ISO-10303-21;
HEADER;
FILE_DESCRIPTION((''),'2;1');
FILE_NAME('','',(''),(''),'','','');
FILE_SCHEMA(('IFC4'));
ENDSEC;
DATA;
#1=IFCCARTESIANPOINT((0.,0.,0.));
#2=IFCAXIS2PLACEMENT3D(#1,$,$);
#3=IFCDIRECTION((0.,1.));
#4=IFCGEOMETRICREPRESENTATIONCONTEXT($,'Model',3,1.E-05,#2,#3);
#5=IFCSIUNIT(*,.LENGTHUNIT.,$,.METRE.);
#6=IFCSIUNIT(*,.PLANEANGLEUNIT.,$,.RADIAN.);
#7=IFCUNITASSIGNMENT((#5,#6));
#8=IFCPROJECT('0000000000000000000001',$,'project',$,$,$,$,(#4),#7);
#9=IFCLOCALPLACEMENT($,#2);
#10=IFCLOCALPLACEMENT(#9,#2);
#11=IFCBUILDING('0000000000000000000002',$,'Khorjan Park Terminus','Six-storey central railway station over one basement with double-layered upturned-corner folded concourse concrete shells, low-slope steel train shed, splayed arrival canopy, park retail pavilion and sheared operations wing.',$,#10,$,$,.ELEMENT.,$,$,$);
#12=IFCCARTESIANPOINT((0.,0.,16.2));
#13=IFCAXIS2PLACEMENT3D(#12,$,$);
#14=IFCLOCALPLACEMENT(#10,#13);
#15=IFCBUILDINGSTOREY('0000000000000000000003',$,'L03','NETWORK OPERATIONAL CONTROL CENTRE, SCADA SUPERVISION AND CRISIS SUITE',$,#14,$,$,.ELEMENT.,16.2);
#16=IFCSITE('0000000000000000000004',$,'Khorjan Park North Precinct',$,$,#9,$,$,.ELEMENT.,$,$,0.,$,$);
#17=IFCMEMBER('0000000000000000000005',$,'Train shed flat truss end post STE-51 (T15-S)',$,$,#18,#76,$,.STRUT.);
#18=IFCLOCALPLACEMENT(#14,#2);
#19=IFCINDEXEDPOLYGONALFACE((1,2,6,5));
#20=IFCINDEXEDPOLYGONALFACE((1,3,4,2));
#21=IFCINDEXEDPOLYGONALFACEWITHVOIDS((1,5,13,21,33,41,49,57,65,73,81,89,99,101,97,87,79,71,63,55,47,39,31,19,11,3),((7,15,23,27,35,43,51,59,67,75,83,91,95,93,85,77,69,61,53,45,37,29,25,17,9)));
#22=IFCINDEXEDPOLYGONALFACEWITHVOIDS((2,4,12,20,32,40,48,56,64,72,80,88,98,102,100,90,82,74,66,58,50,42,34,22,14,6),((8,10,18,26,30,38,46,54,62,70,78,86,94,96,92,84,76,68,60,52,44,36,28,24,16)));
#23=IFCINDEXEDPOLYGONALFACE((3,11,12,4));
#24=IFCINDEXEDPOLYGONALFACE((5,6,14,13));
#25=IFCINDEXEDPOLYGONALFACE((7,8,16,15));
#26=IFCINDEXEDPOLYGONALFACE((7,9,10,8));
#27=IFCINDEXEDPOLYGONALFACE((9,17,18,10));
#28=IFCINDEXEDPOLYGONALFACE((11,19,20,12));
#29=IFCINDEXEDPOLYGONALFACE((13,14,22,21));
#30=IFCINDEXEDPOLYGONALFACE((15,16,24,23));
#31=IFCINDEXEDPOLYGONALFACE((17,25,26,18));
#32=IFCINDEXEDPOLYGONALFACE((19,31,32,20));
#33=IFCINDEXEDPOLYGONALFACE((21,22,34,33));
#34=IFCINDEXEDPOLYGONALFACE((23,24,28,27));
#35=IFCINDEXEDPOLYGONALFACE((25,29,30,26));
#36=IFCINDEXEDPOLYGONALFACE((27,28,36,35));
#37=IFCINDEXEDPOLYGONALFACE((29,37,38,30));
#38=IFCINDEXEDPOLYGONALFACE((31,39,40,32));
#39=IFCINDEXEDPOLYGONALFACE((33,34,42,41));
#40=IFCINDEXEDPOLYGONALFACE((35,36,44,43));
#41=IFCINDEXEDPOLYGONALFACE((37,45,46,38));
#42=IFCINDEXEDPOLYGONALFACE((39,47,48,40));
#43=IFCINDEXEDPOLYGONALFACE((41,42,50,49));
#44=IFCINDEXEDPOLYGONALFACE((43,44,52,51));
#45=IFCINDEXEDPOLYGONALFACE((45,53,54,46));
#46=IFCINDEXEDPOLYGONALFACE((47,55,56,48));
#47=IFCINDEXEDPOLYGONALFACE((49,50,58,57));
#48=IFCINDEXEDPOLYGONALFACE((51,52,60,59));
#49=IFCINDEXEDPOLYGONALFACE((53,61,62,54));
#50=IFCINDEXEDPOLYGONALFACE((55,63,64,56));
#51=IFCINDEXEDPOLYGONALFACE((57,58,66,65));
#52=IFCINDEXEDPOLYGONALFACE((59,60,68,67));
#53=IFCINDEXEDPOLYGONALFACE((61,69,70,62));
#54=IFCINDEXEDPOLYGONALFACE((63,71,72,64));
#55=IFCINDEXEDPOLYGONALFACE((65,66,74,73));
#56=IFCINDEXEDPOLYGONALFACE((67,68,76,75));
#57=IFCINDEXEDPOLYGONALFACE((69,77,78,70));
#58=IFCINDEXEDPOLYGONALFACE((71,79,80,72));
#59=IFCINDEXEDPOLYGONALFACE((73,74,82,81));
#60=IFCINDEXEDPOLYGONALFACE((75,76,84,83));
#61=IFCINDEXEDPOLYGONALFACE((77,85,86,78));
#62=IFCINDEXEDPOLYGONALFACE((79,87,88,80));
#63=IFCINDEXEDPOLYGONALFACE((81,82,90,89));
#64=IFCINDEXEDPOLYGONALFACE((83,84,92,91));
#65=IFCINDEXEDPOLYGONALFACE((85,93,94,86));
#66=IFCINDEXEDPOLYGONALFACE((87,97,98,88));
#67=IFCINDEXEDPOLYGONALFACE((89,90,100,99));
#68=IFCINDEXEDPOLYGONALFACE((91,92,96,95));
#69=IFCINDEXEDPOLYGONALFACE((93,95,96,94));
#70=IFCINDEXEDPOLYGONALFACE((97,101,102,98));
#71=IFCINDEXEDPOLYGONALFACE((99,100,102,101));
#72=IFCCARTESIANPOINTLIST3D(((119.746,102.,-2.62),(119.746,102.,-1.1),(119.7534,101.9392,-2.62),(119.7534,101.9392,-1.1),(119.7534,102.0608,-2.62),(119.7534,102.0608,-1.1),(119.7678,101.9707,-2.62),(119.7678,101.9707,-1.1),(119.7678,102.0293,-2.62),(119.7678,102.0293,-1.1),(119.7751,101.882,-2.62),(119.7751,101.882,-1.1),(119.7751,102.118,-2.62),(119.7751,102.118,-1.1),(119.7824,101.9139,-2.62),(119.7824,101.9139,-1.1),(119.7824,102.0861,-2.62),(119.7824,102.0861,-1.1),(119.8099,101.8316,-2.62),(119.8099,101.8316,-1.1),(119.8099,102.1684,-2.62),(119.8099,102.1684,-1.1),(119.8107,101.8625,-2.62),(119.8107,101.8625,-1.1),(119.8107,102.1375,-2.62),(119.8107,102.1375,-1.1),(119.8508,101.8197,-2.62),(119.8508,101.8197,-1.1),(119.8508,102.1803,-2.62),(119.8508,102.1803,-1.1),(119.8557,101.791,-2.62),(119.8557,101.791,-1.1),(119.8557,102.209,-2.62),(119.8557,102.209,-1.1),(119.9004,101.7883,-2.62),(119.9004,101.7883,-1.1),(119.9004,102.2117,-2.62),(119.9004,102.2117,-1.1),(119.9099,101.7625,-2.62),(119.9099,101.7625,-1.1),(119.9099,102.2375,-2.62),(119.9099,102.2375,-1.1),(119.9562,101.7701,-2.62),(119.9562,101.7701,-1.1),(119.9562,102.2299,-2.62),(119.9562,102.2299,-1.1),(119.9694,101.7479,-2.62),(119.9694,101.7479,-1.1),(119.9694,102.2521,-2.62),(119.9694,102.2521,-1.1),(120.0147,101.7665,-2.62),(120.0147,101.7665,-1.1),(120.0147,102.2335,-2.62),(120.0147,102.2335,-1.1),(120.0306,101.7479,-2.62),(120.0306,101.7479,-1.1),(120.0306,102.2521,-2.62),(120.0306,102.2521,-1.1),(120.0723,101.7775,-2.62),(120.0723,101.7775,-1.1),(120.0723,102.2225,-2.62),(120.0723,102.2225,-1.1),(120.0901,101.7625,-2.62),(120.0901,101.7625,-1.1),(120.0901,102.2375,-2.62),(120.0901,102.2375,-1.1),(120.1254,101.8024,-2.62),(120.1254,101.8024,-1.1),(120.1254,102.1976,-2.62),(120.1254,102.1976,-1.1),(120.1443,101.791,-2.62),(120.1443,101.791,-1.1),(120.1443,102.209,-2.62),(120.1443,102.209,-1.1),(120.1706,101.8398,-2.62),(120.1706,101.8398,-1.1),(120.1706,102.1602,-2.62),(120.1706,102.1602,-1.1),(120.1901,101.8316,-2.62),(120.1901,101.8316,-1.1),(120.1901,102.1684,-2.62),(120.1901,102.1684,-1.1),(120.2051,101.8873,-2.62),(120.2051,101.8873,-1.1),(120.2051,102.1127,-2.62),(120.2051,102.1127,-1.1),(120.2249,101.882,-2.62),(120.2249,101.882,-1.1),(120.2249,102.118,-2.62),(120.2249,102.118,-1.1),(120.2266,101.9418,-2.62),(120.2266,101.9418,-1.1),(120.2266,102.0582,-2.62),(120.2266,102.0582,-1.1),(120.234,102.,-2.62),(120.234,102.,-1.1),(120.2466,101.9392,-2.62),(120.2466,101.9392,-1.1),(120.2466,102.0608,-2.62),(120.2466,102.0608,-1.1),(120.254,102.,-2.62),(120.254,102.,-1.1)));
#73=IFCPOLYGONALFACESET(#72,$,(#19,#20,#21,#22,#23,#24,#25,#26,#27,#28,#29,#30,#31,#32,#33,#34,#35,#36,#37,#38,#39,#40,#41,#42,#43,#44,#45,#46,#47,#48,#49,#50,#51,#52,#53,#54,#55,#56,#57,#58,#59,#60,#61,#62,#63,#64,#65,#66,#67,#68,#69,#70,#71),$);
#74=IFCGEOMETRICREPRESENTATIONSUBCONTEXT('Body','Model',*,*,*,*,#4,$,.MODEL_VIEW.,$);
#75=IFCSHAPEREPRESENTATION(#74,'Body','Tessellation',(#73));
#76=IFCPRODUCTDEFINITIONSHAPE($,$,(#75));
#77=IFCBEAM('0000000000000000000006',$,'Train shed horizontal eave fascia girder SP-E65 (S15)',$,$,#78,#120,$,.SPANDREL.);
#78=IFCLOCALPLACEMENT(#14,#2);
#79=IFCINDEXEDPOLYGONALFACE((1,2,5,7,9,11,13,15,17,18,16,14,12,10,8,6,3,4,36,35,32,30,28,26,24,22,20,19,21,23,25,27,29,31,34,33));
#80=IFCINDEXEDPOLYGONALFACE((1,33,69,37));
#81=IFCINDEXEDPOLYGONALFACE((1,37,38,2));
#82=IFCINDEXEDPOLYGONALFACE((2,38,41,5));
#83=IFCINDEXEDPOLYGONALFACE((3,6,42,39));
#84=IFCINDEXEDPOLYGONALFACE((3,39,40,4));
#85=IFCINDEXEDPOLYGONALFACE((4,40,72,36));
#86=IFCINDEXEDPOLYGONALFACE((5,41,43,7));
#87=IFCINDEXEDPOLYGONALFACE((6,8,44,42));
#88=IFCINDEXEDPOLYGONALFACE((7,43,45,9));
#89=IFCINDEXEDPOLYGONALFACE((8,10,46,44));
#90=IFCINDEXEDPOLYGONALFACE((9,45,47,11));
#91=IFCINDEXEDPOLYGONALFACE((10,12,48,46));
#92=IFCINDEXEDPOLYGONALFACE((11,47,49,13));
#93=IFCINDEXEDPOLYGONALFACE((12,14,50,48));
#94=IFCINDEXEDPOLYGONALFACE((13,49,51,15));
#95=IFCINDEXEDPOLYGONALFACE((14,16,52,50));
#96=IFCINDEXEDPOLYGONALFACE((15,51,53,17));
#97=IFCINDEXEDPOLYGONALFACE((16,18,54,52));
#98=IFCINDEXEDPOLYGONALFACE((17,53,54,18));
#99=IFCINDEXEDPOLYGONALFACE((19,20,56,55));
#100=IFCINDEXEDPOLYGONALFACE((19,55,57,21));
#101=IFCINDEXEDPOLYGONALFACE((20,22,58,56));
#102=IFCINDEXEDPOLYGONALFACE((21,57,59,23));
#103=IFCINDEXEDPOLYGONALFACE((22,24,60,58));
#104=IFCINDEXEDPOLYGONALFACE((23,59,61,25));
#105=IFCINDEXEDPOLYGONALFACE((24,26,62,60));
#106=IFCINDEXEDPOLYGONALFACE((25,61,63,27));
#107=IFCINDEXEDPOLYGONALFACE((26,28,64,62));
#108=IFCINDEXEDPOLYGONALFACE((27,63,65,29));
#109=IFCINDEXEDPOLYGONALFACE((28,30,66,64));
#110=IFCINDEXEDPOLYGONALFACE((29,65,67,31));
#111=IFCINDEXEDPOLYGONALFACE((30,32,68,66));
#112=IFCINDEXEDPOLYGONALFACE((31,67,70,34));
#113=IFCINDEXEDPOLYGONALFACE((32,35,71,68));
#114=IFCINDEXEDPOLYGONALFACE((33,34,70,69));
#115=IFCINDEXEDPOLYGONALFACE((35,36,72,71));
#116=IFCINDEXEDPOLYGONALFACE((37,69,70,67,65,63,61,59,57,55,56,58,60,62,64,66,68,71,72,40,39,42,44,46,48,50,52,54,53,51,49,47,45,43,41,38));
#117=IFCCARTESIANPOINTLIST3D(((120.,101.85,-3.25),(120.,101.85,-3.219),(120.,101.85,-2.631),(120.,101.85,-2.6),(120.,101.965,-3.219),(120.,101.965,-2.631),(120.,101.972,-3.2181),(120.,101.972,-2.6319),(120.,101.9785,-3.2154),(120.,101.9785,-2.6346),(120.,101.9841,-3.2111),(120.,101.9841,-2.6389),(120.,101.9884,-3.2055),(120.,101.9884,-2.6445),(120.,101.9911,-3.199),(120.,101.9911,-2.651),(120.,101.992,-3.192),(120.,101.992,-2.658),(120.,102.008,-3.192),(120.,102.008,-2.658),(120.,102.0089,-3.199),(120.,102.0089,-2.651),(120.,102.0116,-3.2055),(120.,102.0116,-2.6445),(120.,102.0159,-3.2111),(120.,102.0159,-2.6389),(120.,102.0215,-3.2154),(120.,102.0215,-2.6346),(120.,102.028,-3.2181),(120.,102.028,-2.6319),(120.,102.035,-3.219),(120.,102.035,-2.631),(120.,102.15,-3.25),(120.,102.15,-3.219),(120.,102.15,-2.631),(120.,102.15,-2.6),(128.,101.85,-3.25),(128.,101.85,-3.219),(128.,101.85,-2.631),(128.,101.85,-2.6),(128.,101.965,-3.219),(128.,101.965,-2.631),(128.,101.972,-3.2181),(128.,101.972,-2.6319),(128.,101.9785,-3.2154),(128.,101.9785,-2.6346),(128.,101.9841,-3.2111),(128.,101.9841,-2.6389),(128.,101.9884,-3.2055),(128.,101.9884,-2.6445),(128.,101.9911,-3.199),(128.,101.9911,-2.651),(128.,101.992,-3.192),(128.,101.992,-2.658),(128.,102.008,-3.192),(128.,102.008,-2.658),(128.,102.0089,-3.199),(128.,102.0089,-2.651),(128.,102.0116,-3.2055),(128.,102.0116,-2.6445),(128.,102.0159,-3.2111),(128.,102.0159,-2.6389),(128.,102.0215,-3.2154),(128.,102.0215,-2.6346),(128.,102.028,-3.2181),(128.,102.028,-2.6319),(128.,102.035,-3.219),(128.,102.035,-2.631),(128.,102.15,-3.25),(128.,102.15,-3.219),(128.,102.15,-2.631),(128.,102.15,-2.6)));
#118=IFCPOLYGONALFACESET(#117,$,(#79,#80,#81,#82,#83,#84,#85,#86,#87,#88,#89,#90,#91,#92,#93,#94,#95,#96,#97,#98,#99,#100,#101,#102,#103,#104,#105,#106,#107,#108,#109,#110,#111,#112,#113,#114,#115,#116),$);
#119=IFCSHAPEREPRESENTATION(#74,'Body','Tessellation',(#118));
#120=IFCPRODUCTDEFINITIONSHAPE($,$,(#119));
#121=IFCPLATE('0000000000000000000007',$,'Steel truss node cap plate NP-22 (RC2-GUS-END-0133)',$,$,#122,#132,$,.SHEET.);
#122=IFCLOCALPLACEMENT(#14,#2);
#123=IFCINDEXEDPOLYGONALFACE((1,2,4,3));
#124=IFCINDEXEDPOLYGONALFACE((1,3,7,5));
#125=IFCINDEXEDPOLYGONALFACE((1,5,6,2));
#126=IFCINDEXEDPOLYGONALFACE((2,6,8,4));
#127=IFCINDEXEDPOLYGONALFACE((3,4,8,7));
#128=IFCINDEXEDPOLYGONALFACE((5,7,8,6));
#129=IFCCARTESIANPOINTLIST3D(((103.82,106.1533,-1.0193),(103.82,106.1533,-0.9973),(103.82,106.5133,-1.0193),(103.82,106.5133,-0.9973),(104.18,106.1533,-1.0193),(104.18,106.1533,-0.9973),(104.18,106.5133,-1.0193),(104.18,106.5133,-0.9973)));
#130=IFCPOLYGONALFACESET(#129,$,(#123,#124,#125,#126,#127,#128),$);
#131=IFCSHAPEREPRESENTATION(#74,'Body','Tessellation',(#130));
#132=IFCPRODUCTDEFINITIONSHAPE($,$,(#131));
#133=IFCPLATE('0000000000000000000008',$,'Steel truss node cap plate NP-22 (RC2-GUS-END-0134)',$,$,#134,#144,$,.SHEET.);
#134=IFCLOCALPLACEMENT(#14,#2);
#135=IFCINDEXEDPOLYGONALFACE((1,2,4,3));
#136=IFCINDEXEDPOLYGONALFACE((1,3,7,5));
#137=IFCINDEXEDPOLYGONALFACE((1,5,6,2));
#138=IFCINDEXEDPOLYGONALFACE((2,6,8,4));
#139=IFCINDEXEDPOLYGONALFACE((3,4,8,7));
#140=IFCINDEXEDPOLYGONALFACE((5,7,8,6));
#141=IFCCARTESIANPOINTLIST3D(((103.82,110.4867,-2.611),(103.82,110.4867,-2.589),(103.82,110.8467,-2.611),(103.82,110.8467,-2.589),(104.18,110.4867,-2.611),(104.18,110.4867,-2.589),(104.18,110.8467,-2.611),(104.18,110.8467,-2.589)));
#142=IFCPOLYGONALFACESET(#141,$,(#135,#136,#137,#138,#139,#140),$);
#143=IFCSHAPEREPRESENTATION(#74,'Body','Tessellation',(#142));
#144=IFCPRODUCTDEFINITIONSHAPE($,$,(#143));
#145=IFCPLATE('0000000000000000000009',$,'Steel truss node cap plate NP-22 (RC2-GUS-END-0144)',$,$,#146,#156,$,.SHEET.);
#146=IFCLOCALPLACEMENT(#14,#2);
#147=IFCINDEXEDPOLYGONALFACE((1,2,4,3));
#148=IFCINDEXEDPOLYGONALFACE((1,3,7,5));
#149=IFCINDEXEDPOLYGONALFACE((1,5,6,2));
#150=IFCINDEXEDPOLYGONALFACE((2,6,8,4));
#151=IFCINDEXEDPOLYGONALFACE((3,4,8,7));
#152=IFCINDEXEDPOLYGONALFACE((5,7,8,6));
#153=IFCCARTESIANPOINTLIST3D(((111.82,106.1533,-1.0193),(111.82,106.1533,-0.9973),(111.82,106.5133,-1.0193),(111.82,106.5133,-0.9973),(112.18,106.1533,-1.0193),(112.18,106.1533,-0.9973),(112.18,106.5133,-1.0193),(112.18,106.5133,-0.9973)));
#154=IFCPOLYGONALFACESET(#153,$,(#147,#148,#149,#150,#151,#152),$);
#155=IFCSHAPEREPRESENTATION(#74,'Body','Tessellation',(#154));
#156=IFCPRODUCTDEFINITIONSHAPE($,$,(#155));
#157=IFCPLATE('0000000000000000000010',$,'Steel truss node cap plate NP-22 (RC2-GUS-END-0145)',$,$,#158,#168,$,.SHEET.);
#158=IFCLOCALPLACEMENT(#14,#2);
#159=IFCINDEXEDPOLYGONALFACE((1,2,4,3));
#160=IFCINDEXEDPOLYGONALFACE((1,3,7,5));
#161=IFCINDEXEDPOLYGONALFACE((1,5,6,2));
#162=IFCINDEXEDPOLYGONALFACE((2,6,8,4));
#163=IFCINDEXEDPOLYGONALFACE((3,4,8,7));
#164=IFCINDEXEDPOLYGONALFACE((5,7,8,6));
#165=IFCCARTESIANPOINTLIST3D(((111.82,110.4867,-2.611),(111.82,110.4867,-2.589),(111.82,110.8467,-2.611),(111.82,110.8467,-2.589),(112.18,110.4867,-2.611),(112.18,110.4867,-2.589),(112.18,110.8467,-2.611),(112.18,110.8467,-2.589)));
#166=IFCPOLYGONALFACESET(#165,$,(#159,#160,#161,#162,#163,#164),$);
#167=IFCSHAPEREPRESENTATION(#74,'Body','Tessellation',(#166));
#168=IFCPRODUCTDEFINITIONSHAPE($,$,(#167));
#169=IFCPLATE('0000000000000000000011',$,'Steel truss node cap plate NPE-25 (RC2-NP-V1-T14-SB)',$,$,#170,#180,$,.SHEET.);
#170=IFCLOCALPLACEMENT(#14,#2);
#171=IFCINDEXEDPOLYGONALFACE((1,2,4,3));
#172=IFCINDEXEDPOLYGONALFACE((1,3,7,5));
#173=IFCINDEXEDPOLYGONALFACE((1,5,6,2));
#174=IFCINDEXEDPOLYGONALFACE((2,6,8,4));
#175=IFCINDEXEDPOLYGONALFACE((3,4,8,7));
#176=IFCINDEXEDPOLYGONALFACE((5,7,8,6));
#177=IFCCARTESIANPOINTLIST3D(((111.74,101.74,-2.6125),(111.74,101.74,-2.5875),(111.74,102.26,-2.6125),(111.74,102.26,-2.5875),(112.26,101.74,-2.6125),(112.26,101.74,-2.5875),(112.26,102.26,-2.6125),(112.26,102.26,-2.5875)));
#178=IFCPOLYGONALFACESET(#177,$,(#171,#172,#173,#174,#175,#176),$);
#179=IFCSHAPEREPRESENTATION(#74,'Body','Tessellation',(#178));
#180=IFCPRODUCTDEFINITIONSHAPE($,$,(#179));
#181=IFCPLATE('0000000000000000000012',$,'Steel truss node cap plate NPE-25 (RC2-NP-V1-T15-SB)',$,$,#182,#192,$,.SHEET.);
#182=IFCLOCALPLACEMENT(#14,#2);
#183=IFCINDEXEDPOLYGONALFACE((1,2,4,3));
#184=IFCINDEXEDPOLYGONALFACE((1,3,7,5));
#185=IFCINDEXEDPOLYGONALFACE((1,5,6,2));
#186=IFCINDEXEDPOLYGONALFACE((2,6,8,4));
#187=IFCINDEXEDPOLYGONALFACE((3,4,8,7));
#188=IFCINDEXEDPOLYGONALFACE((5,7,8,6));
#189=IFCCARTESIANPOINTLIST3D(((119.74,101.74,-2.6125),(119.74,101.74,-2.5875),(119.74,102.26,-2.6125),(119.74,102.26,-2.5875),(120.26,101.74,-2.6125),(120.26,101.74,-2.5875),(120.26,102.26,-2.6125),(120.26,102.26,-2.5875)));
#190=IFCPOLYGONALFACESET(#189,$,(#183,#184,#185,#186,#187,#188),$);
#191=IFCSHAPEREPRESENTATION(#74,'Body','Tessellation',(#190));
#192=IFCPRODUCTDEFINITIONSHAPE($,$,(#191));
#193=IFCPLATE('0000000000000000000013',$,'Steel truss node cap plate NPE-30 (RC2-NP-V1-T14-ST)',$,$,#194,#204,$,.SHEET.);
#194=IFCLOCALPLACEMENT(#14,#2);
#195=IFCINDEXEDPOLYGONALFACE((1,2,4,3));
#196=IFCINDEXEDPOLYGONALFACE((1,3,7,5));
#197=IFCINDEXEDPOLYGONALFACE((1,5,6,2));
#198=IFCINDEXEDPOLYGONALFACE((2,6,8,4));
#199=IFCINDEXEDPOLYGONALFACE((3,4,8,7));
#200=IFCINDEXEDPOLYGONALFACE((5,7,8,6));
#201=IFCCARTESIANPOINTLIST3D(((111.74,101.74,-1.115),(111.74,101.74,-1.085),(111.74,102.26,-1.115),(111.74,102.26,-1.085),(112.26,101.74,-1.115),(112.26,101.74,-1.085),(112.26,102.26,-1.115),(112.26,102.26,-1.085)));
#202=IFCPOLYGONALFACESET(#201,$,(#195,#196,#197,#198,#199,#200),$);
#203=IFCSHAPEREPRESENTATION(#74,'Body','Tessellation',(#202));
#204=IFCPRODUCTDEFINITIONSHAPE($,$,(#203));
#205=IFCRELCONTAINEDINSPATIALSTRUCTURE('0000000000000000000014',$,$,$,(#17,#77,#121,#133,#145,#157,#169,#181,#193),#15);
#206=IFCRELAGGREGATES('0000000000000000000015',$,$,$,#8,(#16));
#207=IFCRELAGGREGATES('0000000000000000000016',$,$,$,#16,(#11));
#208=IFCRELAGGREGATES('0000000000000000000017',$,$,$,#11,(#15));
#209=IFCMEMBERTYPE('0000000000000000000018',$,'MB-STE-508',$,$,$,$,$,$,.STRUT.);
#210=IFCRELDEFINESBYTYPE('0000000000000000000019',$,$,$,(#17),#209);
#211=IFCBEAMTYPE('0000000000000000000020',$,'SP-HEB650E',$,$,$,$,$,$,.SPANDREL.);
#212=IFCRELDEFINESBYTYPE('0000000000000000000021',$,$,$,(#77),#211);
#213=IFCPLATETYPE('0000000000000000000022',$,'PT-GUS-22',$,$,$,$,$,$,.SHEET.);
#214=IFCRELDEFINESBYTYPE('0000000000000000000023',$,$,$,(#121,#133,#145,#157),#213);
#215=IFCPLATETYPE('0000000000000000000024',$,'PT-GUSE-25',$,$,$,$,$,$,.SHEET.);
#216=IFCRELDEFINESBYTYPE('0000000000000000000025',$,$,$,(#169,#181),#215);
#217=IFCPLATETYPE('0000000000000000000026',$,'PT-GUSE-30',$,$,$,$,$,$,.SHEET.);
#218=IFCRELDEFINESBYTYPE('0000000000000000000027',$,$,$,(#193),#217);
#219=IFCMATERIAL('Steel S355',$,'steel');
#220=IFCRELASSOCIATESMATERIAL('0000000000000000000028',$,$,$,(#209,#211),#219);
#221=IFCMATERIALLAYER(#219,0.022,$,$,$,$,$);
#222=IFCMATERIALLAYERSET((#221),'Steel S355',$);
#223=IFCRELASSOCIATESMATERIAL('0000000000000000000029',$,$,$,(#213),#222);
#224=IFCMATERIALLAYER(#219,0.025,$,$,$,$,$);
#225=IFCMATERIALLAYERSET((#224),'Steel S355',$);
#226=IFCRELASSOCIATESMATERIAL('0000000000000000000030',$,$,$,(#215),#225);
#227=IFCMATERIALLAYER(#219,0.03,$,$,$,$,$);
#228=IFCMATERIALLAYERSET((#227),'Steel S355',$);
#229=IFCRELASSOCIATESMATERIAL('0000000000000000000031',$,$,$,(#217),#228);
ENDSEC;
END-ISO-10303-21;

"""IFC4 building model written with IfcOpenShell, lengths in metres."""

from ifc_helpers import new_model, si_unit, direction, frame, origin, origin_2d, place, context, subcontext, project, spatial, rectangle, hollow_circle, i_section, extrude, material, layer, layer_set, material_profile, profile_set, type_object, element, save


model = new_model("IFC4")

# Units and contexts
model_context = context("Model", 3, precision=1e-05, world=origin(), true_north=direction((0.0, 1.0)))
body_context = subcontext(model_context, "Body", "Model", "MODEL_VIEW")
ifc_project = project(units=[si_unit("LENGTHUNIT", "METRE"), si_unit("PLANEANGLEUNIT", "RADIAN")], contexts=[model_context])

# Site, building, storey
site_placement = place(None, origin())
site = spatial("IfcSite", under=ifc_project, at=site_placement, Name="Khorjan Park North Precinct", CompositionType="ELEMENT", RefElevation=0.0)
building_placement = place(site_placement, origin())
building = spatial("IfcBuilding", under=site, at=building_placement, Name="Khorjan Park Terminus", Description="Six-storey central railway station over one basement with double-layered upturned-corner folded concourse concrete shells, low-slope steel train shed, splayed arrival canopy, park retail pavilion and sheared operations wing.", CompositionType="ELEMENT")
storey_placement = place(building_placement, frame((0.0, 0.0, 16.2)))
storey = spatial("IfcBuildingStorey", under=building, at=storey_placement, Name="L03", Description="NETWORK OPERATIONAL CONTROL CENTRE, SCADA SUPERVISION AND CRISIS SUITE", CompositionType="ELEMENT", Elevation=16.2)

# Member
ifc_material_1 = material(Name="Steel S355", Category="steel")
ifc_material_profile_1 = material_profile(ifc_material_1, hollow_circle(Radius=0.254, WallThickness=0.02, at=origin_2d()), Name="CHS 508x20")
ifc_profile_set_1 = profile_set([ifc_material_profile_1], Name="Steel S355")
member_type_1 = type_object("IfcMemberType", Name="MB-STE-508", PredefinedType="STRUT", material=ifc_profile_set_1)
for number, where, z_axis, x_axis, name in (
    (1, (120.0, 102.0, -2.62), (0.0, 0.0, 1.0), (1.0, 0.0, 0.0), "Train shed flat truss end post STE-51 (T15-S)"),
):
    element("IfcMember", number, at=place(storey_placement, frame(where, z_axis=z_axis, x_axis=x_axis)), inside=storey, type_object=member_type_1, Name=name, PredefinedType="STRUT", context=body_context, shape_type="SweptSolid", body=[
        extrude(hollow_circle(Radius=0.254, WallThickness=0.02, at=origin_2d()), origin(), (0.0, 0.0, 1.0), 1.52),
    ])

# Beam
ifc_material_profile_2 = material_profile(ifc_material_1, i_section(OverallWidth=0.3, OverallDepth=0.65, WebThickness=0.016, FlangeThickness=0.031, FilletRadius=0.027, at=origin_2d()), Name="HEB 650")
ifc_profile_set_2 = profile_set([ifc_material_profile_2], Name="Steel S355")
beam_type = type_object("IfcBeamType", Name="SP-HEB650E", PredefinedType="SPANDREL", material=ifc_profile_set_2)
beam_placement = place(storey_placement, frame((120.0, 102.0, -2.925), z_axis=(1.0, 0.0, 0.0), x_axis=(0.0, 1.0, 0.0)))
element("IfcBeam", 2, at=beam_placement, inside=storey, type_object=beam_type, Name="Train shed horizontal eave fascia girder SP-E65 (S15)", PredefinedType="SPANDREL", context=body_context, shape_type="SweptSolid", body=[
    extrude(i_section(OverallWidth=0.3, OverallDepth=0.65, WebThickness=0.016, FlangeThickness=0.031, FilletRadius=0.027, at=origin_2d()), origin(), (0.0, 0.0, 1.0), 8.0),
])

# Plates
ifc_layer_1 = layer(ifc_material_1, 0.022)
ifc_layer_set_1 = layer_set([ifc_layer_1], Name="Steel S355")
plate_type_1 = type_object("IfcPlateType", Name="PT-GUS-22", PredefinedType="SHEET", material=ifc_layer_set_1)
for number, where, z_axis, x_axis, name in (
    (3, (104.0, 106.3333, -1.0193), (0.0, 0.0, 1.0), (1.0, 0.0, 0.0), "Steel truss node cap plate NP-22 (RC2-GUS-END-0133)"),
    (4, (104.0, 110.6667, -2.611), (0.0, 0.0, 1.0), (1.0, 0.0, 0.0), "Steel truss node cap plate NP-22 (RC2-GUS-END-0134)"),
    (5, (112.0, 106.3333, -1.0193), (0.0, 0.0, 1.0), (1.0, 0.0, 0.0), "Steel truss node cap plate NP-22 (RC2-GUS-END-0144)"),
    (6, (112.0, 110.6667, -2.611), (0.0, 0.0, 1.0), (1.0, 0.0, 0.0), "Steel truss node cap plate NP-22 (RC2-GUS-END-0145)"),
):
    element("IfcPlate", number, at=place(storey_placement, frame(where, z_axis=z_axis, x_axis=x_axis)), inside=storey, type_object=plate_type_1, Name=name, PredefinedType="SHEET", context=body_context, shape_type="SweptSolid", body=[
        extrude(rectangle(XDim=0.36, YDim=0.36, at=origin_2d()), origin(), (0.0, 0.0, 1.0), 0.022),
    ])
ifc_layer_2 = layer(ifc_material_1, 0.025)
ifc_layer_set_2 = layer_set([ifc_layer_2], Name="Steel S355")
plate_type_2 = type_object("IfcPlateType", Name="PT-GUSE-25", PredefinedType="SHEET", material=ifc_layer_set_2)
for number, where, z_axis, x_axis, name in (
    (7, (112.0, 102.0, -2.6125), (0.0, 0.0, 1.0), (1.0, 0.0, 0.0), "Steel truss node cap plate NPE-25 (RC2-NP-V1-T14-SB)"),
    (8, (120.0, 102.0, -2.6125), (0.0, 0.0, 1.0), (1.0, 0.0, 0.0), "Steel truss node cap plate NPE-25 (RC2-NP-V1-T15-SB)"),
):
    element("IfcPlate", number, at=place(storey_placement, frame(where, z_axis=z_axis, x_axis=x_axis)), inside=storey, type_object=plate_type_2, Name=name, PredefinedType="SHEET", context=body_context, shape_type="SweptSolid", body=[
        extrude(rectangle(XDim=0.52, YDim=0.52, at=origin_2d()), origin(), (0.0, 0.0, 1.0), 0.025),
    ])
ifc_layer_3 = layer(ifc_material_1, 0.03)
ifc_layer_set_3 = layer_set([ifc_layer_3], Name="Steel S355")
plate_type_3 = type_object("IfcPlateType", Name="PT-GUSE-30", PredefinedType="SHEET", material=ifc_layer_set_3)
for number, where, z_axis, x_axis, name in (
    (9, (112.0, 102.0, -1.115), (0.0, 0.0, 1.0), (1.0, 0.0, 0.0), "Steel truss node cap plate NPE-30 (RC2-NP-V1-T14-ST)"),
):
    element("IfcPlate", number, at=place(storey_placement, frame(where, z_axis=z_axis, x_axis=x_axis)), inside=storey, type_object=plate_type_3, Name=name, PredefinedType="SHEET", context=body_context, shape_type="SweptSolid", body=[
        extrude(rectangle(XDim=0.52, YDim=0.52, at=origin_2d()), origin(), (0.0, 0.0, 1.0), 0.03),
    ])

save(model, "model.ifc")
